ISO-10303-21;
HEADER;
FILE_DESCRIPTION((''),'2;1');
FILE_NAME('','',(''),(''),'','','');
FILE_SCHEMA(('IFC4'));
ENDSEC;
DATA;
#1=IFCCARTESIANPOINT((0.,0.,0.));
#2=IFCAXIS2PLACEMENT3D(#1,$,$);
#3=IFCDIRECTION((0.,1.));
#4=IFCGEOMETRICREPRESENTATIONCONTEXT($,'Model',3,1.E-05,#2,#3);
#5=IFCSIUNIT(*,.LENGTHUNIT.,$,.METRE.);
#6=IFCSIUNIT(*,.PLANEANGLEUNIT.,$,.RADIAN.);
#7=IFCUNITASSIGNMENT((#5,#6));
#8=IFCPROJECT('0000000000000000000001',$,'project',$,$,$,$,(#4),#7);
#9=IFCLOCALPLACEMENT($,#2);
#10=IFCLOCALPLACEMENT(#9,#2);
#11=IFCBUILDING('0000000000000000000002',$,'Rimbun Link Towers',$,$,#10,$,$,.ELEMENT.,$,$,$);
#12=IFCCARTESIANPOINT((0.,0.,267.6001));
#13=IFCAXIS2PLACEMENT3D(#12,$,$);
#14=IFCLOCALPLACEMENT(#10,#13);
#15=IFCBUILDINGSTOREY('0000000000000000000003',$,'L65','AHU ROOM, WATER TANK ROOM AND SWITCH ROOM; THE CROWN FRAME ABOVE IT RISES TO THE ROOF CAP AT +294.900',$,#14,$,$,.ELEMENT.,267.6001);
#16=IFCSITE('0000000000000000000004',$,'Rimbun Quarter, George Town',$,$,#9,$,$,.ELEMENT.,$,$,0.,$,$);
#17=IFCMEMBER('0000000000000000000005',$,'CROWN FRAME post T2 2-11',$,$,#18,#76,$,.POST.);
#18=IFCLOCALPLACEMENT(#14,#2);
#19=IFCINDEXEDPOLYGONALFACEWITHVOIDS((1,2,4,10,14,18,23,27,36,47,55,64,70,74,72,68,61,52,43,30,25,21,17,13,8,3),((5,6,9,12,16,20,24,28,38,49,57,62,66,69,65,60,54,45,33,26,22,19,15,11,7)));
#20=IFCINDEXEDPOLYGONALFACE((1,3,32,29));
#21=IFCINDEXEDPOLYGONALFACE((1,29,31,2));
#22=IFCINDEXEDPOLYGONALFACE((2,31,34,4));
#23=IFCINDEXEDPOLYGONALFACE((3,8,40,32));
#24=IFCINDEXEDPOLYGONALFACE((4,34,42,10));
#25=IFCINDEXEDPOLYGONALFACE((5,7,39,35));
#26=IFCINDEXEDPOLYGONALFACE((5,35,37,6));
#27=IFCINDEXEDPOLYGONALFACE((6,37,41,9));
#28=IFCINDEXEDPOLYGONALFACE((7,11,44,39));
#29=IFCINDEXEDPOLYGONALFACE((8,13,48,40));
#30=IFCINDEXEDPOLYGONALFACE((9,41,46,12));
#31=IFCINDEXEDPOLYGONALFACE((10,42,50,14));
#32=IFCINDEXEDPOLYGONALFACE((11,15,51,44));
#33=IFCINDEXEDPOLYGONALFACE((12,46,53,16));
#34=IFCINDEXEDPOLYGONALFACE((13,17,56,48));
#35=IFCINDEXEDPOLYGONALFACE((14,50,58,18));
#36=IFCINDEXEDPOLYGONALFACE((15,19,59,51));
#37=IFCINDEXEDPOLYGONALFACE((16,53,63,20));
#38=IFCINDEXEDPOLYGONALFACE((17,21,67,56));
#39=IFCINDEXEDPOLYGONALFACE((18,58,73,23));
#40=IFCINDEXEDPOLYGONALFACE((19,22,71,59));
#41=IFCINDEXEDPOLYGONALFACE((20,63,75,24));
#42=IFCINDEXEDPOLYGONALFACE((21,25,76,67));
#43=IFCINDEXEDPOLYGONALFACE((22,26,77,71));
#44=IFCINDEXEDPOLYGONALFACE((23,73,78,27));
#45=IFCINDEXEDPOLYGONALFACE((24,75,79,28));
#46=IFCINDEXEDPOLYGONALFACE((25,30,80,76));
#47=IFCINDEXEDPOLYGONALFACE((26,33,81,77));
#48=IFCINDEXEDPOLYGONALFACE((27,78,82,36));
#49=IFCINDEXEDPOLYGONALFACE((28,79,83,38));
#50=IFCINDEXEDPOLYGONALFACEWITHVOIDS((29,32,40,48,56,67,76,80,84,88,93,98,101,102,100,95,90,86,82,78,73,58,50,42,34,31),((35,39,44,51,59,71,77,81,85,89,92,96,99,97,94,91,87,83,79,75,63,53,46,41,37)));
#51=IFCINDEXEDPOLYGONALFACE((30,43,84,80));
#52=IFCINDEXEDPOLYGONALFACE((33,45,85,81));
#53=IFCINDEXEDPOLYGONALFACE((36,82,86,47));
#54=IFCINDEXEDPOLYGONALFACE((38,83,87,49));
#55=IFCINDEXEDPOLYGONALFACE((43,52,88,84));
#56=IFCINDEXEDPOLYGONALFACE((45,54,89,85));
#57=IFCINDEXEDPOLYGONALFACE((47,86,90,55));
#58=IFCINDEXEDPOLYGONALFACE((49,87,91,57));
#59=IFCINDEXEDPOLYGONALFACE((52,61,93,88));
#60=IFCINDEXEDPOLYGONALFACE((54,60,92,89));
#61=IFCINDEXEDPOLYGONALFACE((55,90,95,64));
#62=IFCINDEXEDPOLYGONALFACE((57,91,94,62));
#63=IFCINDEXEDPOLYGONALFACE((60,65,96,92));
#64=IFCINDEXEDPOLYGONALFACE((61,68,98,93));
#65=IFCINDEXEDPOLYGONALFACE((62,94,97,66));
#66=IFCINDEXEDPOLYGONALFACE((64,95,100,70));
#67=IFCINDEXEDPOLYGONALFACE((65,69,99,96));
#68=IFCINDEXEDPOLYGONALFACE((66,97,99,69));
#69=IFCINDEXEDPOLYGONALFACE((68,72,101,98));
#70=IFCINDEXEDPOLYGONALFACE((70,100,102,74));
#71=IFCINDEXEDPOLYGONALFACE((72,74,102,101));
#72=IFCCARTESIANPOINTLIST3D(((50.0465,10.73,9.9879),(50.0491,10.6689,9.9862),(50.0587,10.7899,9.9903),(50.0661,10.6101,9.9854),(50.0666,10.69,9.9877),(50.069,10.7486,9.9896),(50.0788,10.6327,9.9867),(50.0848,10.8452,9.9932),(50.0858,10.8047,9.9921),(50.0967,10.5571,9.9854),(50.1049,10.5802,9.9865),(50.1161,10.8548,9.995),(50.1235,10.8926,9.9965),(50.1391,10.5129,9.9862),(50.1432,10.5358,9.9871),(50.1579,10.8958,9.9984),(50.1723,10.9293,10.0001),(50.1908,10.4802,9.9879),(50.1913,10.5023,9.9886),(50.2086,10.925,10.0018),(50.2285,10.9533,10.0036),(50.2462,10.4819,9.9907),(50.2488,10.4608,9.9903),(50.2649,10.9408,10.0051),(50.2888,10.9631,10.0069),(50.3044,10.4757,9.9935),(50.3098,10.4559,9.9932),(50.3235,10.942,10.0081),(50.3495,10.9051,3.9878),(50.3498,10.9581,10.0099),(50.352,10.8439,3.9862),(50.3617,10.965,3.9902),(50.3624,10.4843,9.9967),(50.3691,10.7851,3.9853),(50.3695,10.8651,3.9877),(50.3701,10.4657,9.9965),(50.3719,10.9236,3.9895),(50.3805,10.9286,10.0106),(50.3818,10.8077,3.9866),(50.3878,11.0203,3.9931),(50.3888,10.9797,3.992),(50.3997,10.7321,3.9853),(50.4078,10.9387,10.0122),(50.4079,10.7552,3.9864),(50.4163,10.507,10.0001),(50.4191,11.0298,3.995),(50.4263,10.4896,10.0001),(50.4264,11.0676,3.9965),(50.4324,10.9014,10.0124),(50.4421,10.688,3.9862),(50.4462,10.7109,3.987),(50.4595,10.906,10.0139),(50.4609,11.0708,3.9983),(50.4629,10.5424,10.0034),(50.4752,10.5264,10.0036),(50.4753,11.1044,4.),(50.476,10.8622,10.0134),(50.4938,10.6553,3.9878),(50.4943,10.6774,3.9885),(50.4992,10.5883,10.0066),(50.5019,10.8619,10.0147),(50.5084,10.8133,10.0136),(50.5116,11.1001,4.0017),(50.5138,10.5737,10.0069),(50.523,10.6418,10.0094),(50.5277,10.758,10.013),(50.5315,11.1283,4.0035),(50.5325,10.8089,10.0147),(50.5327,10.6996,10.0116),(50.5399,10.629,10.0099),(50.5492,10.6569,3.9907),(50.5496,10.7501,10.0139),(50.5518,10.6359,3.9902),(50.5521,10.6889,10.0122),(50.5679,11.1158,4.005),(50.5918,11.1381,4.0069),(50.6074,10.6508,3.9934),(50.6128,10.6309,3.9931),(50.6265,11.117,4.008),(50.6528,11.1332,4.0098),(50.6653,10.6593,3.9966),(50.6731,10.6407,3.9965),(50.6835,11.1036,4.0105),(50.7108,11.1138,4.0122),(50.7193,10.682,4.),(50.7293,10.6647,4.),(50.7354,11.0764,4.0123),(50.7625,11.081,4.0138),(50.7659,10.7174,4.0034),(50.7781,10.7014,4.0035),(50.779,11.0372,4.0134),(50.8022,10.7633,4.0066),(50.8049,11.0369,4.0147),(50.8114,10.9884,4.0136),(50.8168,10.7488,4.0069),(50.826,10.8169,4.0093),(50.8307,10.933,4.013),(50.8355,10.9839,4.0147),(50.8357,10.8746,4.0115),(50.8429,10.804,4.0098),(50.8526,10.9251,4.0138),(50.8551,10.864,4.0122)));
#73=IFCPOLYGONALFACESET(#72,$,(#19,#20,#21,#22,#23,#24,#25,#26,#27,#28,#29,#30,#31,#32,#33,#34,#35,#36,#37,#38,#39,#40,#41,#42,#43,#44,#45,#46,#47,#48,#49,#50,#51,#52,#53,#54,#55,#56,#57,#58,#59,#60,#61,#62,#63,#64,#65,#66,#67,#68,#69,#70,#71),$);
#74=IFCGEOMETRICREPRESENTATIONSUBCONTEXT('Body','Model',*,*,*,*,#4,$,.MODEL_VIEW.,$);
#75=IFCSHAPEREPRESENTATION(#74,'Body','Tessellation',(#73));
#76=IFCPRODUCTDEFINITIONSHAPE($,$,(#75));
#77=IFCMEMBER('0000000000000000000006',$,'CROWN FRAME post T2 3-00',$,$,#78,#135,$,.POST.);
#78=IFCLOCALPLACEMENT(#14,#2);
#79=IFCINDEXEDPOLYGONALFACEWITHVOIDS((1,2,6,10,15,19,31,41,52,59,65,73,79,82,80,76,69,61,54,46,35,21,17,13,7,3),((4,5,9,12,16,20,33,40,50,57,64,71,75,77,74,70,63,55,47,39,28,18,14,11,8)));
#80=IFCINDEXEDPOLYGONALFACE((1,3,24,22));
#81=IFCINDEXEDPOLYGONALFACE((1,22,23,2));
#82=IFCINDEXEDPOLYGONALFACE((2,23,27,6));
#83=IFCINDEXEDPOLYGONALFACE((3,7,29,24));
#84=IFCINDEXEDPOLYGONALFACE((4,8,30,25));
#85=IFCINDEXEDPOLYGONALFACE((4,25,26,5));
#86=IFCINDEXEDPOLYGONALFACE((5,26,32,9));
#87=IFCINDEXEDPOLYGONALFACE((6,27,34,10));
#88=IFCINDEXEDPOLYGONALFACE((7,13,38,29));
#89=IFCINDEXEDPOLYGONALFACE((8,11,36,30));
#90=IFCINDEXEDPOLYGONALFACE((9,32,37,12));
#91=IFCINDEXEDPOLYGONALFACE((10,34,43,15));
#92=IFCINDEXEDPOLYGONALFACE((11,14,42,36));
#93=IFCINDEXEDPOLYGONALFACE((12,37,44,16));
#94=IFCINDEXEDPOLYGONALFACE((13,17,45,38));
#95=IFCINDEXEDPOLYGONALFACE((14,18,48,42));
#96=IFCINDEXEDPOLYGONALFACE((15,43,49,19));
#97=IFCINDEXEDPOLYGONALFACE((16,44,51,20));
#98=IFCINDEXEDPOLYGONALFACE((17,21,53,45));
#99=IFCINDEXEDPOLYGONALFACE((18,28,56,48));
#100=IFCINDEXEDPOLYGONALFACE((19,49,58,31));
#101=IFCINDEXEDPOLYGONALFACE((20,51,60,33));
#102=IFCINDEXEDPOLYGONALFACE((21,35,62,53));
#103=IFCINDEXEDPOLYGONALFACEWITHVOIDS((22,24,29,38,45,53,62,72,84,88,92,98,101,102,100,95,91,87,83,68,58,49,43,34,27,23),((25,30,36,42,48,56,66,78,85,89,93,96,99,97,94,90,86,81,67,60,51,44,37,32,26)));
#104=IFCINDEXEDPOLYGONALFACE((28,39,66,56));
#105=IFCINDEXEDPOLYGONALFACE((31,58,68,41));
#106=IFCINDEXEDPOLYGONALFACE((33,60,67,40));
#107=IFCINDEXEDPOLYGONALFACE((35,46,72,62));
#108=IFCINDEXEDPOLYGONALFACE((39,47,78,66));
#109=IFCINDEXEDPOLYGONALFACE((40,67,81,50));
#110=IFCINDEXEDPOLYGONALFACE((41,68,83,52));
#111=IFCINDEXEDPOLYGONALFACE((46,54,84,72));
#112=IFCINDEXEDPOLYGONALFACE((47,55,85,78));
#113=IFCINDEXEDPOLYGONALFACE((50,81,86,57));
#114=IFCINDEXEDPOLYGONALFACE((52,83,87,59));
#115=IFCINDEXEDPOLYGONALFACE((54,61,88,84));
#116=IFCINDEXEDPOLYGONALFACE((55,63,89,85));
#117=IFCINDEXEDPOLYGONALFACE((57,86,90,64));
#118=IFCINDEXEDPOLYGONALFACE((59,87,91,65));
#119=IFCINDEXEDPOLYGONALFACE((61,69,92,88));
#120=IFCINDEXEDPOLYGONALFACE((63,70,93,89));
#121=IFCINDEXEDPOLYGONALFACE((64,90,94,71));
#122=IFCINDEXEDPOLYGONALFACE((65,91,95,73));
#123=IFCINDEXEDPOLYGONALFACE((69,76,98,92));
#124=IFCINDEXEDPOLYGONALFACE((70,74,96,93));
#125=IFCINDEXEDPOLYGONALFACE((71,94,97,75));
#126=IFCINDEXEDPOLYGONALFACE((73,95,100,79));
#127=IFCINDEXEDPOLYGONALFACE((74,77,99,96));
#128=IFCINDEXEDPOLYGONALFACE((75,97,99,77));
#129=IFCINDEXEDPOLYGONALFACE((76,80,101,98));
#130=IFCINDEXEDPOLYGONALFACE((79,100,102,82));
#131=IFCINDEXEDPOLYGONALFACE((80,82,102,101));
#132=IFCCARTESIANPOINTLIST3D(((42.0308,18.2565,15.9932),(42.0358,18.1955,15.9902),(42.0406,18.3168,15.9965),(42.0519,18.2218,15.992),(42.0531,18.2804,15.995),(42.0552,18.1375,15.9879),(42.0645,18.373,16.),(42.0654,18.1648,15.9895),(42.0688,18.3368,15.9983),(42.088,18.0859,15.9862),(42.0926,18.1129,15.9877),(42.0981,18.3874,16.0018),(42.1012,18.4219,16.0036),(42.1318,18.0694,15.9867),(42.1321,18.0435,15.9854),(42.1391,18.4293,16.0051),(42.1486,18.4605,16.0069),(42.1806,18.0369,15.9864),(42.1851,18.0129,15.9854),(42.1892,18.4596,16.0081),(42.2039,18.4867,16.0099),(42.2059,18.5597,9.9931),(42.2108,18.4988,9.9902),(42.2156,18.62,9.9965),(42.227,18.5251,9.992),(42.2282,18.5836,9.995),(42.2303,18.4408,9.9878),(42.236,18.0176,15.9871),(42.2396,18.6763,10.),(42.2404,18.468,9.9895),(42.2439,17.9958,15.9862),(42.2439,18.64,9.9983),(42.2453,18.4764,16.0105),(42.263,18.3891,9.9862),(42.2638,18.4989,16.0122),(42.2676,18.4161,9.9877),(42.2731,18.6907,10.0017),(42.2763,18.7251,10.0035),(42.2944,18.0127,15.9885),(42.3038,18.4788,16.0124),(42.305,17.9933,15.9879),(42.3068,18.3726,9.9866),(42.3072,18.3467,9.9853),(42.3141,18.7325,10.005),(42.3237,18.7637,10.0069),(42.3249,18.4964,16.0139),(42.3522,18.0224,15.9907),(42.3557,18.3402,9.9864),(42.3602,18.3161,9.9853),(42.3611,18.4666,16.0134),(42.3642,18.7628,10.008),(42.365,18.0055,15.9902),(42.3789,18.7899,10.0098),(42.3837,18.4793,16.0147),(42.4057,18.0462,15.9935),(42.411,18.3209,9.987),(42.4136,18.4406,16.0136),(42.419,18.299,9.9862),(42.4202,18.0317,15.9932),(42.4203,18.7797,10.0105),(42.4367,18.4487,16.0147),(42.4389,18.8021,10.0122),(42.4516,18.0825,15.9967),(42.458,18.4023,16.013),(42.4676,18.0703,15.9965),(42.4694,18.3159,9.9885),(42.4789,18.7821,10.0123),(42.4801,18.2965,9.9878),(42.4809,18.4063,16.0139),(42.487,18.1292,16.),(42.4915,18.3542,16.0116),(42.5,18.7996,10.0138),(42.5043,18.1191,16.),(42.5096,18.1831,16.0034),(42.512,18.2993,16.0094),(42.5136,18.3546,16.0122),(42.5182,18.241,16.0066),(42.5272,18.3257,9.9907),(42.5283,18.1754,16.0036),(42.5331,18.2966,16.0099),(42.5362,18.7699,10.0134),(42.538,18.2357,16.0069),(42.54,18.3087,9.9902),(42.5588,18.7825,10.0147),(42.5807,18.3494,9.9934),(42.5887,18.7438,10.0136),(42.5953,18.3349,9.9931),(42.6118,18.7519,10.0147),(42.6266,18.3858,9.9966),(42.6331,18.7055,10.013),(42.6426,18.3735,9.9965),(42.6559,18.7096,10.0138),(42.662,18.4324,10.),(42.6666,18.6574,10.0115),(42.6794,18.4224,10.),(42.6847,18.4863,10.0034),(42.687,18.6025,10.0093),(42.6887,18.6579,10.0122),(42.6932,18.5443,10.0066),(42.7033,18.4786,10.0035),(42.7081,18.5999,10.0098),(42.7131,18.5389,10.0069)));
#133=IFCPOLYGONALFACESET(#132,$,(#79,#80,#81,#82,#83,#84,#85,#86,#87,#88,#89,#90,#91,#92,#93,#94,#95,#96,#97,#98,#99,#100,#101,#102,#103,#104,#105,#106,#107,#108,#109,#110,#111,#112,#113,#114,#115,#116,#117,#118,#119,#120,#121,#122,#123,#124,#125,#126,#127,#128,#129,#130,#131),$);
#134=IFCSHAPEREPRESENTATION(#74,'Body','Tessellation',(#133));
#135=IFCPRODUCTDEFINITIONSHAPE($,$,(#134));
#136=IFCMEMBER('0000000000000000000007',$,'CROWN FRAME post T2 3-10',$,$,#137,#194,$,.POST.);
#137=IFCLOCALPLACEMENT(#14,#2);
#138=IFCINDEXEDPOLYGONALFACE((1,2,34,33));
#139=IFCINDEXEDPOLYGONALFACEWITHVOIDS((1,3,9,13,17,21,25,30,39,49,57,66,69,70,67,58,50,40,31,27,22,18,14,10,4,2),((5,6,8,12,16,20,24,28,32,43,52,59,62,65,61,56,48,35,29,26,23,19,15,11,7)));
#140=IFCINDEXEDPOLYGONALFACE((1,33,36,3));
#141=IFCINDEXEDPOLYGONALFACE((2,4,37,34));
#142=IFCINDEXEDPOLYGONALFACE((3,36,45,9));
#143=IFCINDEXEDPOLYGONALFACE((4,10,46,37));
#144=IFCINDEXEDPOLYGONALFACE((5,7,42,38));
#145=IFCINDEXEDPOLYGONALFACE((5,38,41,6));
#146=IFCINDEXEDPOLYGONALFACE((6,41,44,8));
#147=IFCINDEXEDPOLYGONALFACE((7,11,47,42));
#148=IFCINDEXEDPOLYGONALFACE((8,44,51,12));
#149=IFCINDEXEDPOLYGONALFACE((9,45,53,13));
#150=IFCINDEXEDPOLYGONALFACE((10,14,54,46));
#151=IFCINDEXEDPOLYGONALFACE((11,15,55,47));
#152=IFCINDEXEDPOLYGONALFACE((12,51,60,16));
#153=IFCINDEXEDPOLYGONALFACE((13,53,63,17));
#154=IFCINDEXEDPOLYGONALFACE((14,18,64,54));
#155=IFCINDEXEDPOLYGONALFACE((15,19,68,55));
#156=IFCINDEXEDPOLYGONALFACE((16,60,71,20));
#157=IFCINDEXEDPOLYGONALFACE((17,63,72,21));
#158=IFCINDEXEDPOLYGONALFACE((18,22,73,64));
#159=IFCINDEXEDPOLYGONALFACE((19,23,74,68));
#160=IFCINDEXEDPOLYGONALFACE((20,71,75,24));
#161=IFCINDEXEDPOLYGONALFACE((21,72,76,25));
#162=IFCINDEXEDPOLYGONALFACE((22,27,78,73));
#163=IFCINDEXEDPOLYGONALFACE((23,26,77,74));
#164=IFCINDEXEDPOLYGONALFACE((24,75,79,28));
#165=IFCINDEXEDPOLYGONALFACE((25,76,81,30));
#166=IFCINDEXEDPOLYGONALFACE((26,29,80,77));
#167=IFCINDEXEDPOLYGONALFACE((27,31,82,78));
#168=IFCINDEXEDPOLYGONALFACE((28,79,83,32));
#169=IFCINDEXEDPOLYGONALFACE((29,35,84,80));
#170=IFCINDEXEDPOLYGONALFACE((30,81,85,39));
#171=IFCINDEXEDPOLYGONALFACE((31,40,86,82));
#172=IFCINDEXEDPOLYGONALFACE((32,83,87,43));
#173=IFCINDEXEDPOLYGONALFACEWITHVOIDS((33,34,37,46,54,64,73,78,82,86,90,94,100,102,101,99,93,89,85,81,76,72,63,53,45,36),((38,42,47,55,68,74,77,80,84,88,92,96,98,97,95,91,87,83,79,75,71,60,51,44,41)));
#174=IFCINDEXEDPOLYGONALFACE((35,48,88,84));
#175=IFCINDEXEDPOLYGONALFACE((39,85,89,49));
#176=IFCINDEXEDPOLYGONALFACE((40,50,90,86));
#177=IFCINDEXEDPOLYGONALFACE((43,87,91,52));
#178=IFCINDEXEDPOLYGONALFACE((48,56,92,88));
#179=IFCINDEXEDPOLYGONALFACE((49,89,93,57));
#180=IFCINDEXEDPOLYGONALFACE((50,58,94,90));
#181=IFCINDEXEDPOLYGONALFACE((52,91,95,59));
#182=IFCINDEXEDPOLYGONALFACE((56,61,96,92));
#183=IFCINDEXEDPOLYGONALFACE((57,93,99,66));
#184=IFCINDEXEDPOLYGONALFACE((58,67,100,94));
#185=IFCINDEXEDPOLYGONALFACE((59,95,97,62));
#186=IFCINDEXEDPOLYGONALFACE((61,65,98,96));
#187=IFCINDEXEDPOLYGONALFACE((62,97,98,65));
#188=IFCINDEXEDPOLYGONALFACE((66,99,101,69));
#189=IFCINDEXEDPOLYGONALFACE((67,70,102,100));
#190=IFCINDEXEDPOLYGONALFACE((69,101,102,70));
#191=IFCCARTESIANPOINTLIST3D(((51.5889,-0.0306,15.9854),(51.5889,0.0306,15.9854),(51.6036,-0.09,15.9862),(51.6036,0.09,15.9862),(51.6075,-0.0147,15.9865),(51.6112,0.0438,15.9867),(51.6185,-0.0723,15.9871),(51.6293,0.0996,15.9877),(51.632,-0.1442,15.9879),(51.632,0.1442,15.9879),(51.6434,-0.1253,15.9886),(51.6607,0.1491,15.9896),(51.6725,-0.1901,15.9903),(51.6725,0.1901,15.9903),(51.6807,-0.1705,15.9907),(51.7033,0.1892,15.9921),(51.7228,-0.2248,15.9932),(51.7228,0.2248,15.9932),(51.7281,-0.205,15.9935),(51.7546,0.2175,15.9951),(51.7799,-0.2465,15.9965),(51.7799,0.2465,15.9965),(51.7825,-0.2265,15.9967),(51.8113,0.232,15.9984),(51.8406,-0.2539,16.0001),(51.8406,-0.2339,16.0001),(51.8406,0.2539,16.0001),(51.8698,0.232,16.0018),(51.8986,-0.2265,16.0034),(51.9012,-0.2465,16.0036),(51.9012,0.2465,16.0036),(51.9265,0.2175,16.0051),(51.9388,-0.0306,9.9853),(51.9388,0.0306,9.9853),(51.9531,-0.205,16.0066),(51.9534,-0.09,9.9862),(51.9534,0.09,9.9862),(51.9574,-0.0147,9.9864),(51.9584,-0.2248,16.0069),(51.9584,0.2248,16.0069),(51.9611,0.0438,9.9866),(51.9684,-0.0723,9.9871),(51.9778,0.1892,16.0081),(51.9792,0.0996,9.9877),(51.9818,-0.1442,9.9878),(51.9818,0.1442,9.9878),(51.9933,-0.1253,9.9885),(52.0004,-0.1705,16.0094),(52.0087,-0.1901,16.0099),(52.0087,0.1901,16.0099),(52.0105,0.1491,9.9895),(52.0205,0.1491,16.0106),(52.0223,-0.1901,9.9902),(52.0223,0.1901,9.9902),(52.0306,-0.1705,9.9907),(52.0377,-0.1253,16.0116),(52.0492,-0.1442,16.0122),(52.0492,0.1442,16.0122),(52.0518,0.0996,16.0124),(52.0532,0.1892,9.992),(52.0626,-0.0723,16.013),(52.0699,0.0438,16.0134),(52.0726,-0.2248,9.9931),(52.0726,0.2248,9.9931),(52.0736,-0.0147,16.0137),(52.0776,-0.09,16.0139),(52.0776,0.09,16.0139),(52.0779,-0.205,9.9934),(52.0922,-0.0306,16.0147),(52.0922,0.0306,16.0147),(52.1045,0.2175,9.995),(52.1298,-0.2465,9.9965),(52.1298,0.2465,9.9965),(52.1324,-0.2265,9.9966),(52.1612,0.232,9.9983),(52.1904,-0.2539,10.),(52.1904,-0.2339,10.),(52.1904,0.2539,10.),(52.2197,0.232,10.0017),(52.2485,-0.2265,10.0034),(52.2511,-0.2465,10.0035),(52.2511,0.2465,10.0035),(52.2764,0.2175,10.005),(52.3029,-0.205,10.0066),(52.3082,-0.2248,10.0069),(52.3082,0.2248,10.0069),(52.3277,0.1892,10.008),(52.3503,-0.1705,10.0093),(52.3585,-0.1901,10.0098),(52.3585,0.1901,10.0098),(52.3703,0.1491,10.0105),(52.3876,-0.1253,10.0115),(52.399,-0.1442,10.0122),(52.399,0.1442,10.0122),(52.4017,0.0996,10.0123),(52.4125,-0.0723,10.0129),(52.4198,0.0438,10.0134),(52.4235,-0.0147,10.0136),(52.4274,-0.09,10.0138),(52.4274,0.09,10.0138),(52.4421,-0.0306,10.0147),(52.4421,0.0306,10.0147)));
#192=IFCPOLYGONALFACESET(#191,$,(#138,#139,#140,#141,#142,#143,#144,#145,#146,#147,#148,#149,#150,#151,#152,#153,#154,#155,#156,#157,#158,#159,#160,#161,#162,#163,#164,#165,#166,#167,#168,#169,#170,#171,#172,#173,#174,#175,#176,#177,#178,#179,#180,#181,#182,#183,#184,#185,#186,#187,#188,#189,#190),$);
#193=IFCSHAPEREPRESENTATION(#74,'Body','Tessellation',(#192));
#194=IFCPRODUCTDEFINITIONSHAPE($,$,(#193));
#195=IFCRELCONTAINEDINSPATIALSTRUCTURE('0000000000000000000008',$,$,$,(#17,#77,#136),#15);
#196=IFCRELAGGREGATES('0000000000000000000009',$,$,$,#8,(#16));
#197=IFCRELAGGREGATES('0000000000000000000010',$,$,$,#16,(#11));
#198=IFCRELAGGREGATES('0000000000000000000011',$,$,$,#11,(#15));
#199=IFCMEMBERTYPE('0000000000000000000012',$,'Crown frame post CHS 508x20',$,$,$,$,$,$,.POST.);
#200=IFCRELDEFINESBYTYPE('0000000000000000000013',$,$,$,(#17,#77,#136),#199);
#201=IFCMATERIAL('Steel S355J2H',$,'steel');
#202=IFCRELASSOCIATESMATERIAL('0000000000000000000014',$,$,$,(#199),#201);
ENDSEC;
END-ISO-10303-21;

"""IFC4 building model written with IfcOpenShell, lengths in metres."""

from ifc_helpers import new_model, si_unit, direction, frame, origin, origin_2d, place, context, subcontext, project, spatial, hollow_circle, extrude, material, material_profile, profile_set, type_object, element, save


model = new_model("IFC4")

# Units and contexts
model_context = context("Model", 3, precision=1e-05, world=origin(), true_north=direction((0.0, 1.0)))
body_context = subcontext(model_context, "Body", "Model", "MODEL_VIEW")
ifc_project = project(units=[si_unit("LENGTHUNIT", "METRE"), si_unit("PLANEANGLEUNIT", "RADIAN")], contexts=[model_context])

# Site, building, storey
site_placement = place(None, origin())
site = spatial("IfcSite", under=ifc_project, at=site_placement, Name="Rimbun Quarter, George Town", CompositionType="ELEMENT", RefElevation=0.0)
building_placement = place(site_placement, origin())
building = spatial("IfcBuilding", under=site, at=building_placement, Name="Rimbun Link Towers", CompositionType="ELEMENT")
storey_placement = place(building_placement, frame((0.0, 0.0, 267.6001)))
storey = spatial("IfcBuildingStorey", under=building, at=storey_placement, Name="L65", Description="AHU ROOM, WATER TANK ROOM AND SWITCH ROOM; THE CROWN FRAME ABOVE IT RISES TO THE ROOF CAP AT +294.900", CompositionType="ELEMENT", Elevation=267.6001)

# Members
ifc_material_1 = material(Name="Steel S355J2H", Category="steel")
ifc_material_profile_1 = material_profile(ifc_material_1, hollow_circle(Radius=0.2539, WallThickness=0.02, at=origin_2d()), Name="Crown frame post CHS 508x20")
ifc_profile_set_1 = profile_set([ifc_material_profile_1], Name="Steel S355J2H")
member_type_1 = type_object("IfcMemberType", Name="Crown frame post CHS 508x20", PredefinedType="POST", material=ifc_profile_set_1)
for number, where, z_axis, x_axis, name in (
    (1, (50.6023, 10.8845, 4.0), (-0.050411, -0.029125, 0.998304), (0.500266, -0.865872, 0.0), "CROWN FRAME post T2 2-11"),
    (2, (42.4595, 18.5493, 10.0), (-0.029125, -0.050451, 0.998302), (0.866046, -0.499964, 0.0), "CROWN FRAME post T2 3-00"),
    (3, (52.1904, 0.0, 10.0), (-0.05821, 0.0, 0.998304), (0.0, -1.0, 0.0), "CROWN FRAME post T2 3-10"),
):
    element("IfcMember", number, at=place(storey_placement, frame(where, z_axis=z_axis, x_axis=x_axis)), inside=storey, type_object=member_type_1, Name=name, PredefinedType="POST", context=body_context, shape_type="SweptSolid", body=[
        extrude(hollow_circle(Radius=0.2539, WallThickness=0.02, at=origin_2d()), origin(), (0.0, 0.0, 1.0), 6.0103),
    ])

save(model, "model.ifc")
